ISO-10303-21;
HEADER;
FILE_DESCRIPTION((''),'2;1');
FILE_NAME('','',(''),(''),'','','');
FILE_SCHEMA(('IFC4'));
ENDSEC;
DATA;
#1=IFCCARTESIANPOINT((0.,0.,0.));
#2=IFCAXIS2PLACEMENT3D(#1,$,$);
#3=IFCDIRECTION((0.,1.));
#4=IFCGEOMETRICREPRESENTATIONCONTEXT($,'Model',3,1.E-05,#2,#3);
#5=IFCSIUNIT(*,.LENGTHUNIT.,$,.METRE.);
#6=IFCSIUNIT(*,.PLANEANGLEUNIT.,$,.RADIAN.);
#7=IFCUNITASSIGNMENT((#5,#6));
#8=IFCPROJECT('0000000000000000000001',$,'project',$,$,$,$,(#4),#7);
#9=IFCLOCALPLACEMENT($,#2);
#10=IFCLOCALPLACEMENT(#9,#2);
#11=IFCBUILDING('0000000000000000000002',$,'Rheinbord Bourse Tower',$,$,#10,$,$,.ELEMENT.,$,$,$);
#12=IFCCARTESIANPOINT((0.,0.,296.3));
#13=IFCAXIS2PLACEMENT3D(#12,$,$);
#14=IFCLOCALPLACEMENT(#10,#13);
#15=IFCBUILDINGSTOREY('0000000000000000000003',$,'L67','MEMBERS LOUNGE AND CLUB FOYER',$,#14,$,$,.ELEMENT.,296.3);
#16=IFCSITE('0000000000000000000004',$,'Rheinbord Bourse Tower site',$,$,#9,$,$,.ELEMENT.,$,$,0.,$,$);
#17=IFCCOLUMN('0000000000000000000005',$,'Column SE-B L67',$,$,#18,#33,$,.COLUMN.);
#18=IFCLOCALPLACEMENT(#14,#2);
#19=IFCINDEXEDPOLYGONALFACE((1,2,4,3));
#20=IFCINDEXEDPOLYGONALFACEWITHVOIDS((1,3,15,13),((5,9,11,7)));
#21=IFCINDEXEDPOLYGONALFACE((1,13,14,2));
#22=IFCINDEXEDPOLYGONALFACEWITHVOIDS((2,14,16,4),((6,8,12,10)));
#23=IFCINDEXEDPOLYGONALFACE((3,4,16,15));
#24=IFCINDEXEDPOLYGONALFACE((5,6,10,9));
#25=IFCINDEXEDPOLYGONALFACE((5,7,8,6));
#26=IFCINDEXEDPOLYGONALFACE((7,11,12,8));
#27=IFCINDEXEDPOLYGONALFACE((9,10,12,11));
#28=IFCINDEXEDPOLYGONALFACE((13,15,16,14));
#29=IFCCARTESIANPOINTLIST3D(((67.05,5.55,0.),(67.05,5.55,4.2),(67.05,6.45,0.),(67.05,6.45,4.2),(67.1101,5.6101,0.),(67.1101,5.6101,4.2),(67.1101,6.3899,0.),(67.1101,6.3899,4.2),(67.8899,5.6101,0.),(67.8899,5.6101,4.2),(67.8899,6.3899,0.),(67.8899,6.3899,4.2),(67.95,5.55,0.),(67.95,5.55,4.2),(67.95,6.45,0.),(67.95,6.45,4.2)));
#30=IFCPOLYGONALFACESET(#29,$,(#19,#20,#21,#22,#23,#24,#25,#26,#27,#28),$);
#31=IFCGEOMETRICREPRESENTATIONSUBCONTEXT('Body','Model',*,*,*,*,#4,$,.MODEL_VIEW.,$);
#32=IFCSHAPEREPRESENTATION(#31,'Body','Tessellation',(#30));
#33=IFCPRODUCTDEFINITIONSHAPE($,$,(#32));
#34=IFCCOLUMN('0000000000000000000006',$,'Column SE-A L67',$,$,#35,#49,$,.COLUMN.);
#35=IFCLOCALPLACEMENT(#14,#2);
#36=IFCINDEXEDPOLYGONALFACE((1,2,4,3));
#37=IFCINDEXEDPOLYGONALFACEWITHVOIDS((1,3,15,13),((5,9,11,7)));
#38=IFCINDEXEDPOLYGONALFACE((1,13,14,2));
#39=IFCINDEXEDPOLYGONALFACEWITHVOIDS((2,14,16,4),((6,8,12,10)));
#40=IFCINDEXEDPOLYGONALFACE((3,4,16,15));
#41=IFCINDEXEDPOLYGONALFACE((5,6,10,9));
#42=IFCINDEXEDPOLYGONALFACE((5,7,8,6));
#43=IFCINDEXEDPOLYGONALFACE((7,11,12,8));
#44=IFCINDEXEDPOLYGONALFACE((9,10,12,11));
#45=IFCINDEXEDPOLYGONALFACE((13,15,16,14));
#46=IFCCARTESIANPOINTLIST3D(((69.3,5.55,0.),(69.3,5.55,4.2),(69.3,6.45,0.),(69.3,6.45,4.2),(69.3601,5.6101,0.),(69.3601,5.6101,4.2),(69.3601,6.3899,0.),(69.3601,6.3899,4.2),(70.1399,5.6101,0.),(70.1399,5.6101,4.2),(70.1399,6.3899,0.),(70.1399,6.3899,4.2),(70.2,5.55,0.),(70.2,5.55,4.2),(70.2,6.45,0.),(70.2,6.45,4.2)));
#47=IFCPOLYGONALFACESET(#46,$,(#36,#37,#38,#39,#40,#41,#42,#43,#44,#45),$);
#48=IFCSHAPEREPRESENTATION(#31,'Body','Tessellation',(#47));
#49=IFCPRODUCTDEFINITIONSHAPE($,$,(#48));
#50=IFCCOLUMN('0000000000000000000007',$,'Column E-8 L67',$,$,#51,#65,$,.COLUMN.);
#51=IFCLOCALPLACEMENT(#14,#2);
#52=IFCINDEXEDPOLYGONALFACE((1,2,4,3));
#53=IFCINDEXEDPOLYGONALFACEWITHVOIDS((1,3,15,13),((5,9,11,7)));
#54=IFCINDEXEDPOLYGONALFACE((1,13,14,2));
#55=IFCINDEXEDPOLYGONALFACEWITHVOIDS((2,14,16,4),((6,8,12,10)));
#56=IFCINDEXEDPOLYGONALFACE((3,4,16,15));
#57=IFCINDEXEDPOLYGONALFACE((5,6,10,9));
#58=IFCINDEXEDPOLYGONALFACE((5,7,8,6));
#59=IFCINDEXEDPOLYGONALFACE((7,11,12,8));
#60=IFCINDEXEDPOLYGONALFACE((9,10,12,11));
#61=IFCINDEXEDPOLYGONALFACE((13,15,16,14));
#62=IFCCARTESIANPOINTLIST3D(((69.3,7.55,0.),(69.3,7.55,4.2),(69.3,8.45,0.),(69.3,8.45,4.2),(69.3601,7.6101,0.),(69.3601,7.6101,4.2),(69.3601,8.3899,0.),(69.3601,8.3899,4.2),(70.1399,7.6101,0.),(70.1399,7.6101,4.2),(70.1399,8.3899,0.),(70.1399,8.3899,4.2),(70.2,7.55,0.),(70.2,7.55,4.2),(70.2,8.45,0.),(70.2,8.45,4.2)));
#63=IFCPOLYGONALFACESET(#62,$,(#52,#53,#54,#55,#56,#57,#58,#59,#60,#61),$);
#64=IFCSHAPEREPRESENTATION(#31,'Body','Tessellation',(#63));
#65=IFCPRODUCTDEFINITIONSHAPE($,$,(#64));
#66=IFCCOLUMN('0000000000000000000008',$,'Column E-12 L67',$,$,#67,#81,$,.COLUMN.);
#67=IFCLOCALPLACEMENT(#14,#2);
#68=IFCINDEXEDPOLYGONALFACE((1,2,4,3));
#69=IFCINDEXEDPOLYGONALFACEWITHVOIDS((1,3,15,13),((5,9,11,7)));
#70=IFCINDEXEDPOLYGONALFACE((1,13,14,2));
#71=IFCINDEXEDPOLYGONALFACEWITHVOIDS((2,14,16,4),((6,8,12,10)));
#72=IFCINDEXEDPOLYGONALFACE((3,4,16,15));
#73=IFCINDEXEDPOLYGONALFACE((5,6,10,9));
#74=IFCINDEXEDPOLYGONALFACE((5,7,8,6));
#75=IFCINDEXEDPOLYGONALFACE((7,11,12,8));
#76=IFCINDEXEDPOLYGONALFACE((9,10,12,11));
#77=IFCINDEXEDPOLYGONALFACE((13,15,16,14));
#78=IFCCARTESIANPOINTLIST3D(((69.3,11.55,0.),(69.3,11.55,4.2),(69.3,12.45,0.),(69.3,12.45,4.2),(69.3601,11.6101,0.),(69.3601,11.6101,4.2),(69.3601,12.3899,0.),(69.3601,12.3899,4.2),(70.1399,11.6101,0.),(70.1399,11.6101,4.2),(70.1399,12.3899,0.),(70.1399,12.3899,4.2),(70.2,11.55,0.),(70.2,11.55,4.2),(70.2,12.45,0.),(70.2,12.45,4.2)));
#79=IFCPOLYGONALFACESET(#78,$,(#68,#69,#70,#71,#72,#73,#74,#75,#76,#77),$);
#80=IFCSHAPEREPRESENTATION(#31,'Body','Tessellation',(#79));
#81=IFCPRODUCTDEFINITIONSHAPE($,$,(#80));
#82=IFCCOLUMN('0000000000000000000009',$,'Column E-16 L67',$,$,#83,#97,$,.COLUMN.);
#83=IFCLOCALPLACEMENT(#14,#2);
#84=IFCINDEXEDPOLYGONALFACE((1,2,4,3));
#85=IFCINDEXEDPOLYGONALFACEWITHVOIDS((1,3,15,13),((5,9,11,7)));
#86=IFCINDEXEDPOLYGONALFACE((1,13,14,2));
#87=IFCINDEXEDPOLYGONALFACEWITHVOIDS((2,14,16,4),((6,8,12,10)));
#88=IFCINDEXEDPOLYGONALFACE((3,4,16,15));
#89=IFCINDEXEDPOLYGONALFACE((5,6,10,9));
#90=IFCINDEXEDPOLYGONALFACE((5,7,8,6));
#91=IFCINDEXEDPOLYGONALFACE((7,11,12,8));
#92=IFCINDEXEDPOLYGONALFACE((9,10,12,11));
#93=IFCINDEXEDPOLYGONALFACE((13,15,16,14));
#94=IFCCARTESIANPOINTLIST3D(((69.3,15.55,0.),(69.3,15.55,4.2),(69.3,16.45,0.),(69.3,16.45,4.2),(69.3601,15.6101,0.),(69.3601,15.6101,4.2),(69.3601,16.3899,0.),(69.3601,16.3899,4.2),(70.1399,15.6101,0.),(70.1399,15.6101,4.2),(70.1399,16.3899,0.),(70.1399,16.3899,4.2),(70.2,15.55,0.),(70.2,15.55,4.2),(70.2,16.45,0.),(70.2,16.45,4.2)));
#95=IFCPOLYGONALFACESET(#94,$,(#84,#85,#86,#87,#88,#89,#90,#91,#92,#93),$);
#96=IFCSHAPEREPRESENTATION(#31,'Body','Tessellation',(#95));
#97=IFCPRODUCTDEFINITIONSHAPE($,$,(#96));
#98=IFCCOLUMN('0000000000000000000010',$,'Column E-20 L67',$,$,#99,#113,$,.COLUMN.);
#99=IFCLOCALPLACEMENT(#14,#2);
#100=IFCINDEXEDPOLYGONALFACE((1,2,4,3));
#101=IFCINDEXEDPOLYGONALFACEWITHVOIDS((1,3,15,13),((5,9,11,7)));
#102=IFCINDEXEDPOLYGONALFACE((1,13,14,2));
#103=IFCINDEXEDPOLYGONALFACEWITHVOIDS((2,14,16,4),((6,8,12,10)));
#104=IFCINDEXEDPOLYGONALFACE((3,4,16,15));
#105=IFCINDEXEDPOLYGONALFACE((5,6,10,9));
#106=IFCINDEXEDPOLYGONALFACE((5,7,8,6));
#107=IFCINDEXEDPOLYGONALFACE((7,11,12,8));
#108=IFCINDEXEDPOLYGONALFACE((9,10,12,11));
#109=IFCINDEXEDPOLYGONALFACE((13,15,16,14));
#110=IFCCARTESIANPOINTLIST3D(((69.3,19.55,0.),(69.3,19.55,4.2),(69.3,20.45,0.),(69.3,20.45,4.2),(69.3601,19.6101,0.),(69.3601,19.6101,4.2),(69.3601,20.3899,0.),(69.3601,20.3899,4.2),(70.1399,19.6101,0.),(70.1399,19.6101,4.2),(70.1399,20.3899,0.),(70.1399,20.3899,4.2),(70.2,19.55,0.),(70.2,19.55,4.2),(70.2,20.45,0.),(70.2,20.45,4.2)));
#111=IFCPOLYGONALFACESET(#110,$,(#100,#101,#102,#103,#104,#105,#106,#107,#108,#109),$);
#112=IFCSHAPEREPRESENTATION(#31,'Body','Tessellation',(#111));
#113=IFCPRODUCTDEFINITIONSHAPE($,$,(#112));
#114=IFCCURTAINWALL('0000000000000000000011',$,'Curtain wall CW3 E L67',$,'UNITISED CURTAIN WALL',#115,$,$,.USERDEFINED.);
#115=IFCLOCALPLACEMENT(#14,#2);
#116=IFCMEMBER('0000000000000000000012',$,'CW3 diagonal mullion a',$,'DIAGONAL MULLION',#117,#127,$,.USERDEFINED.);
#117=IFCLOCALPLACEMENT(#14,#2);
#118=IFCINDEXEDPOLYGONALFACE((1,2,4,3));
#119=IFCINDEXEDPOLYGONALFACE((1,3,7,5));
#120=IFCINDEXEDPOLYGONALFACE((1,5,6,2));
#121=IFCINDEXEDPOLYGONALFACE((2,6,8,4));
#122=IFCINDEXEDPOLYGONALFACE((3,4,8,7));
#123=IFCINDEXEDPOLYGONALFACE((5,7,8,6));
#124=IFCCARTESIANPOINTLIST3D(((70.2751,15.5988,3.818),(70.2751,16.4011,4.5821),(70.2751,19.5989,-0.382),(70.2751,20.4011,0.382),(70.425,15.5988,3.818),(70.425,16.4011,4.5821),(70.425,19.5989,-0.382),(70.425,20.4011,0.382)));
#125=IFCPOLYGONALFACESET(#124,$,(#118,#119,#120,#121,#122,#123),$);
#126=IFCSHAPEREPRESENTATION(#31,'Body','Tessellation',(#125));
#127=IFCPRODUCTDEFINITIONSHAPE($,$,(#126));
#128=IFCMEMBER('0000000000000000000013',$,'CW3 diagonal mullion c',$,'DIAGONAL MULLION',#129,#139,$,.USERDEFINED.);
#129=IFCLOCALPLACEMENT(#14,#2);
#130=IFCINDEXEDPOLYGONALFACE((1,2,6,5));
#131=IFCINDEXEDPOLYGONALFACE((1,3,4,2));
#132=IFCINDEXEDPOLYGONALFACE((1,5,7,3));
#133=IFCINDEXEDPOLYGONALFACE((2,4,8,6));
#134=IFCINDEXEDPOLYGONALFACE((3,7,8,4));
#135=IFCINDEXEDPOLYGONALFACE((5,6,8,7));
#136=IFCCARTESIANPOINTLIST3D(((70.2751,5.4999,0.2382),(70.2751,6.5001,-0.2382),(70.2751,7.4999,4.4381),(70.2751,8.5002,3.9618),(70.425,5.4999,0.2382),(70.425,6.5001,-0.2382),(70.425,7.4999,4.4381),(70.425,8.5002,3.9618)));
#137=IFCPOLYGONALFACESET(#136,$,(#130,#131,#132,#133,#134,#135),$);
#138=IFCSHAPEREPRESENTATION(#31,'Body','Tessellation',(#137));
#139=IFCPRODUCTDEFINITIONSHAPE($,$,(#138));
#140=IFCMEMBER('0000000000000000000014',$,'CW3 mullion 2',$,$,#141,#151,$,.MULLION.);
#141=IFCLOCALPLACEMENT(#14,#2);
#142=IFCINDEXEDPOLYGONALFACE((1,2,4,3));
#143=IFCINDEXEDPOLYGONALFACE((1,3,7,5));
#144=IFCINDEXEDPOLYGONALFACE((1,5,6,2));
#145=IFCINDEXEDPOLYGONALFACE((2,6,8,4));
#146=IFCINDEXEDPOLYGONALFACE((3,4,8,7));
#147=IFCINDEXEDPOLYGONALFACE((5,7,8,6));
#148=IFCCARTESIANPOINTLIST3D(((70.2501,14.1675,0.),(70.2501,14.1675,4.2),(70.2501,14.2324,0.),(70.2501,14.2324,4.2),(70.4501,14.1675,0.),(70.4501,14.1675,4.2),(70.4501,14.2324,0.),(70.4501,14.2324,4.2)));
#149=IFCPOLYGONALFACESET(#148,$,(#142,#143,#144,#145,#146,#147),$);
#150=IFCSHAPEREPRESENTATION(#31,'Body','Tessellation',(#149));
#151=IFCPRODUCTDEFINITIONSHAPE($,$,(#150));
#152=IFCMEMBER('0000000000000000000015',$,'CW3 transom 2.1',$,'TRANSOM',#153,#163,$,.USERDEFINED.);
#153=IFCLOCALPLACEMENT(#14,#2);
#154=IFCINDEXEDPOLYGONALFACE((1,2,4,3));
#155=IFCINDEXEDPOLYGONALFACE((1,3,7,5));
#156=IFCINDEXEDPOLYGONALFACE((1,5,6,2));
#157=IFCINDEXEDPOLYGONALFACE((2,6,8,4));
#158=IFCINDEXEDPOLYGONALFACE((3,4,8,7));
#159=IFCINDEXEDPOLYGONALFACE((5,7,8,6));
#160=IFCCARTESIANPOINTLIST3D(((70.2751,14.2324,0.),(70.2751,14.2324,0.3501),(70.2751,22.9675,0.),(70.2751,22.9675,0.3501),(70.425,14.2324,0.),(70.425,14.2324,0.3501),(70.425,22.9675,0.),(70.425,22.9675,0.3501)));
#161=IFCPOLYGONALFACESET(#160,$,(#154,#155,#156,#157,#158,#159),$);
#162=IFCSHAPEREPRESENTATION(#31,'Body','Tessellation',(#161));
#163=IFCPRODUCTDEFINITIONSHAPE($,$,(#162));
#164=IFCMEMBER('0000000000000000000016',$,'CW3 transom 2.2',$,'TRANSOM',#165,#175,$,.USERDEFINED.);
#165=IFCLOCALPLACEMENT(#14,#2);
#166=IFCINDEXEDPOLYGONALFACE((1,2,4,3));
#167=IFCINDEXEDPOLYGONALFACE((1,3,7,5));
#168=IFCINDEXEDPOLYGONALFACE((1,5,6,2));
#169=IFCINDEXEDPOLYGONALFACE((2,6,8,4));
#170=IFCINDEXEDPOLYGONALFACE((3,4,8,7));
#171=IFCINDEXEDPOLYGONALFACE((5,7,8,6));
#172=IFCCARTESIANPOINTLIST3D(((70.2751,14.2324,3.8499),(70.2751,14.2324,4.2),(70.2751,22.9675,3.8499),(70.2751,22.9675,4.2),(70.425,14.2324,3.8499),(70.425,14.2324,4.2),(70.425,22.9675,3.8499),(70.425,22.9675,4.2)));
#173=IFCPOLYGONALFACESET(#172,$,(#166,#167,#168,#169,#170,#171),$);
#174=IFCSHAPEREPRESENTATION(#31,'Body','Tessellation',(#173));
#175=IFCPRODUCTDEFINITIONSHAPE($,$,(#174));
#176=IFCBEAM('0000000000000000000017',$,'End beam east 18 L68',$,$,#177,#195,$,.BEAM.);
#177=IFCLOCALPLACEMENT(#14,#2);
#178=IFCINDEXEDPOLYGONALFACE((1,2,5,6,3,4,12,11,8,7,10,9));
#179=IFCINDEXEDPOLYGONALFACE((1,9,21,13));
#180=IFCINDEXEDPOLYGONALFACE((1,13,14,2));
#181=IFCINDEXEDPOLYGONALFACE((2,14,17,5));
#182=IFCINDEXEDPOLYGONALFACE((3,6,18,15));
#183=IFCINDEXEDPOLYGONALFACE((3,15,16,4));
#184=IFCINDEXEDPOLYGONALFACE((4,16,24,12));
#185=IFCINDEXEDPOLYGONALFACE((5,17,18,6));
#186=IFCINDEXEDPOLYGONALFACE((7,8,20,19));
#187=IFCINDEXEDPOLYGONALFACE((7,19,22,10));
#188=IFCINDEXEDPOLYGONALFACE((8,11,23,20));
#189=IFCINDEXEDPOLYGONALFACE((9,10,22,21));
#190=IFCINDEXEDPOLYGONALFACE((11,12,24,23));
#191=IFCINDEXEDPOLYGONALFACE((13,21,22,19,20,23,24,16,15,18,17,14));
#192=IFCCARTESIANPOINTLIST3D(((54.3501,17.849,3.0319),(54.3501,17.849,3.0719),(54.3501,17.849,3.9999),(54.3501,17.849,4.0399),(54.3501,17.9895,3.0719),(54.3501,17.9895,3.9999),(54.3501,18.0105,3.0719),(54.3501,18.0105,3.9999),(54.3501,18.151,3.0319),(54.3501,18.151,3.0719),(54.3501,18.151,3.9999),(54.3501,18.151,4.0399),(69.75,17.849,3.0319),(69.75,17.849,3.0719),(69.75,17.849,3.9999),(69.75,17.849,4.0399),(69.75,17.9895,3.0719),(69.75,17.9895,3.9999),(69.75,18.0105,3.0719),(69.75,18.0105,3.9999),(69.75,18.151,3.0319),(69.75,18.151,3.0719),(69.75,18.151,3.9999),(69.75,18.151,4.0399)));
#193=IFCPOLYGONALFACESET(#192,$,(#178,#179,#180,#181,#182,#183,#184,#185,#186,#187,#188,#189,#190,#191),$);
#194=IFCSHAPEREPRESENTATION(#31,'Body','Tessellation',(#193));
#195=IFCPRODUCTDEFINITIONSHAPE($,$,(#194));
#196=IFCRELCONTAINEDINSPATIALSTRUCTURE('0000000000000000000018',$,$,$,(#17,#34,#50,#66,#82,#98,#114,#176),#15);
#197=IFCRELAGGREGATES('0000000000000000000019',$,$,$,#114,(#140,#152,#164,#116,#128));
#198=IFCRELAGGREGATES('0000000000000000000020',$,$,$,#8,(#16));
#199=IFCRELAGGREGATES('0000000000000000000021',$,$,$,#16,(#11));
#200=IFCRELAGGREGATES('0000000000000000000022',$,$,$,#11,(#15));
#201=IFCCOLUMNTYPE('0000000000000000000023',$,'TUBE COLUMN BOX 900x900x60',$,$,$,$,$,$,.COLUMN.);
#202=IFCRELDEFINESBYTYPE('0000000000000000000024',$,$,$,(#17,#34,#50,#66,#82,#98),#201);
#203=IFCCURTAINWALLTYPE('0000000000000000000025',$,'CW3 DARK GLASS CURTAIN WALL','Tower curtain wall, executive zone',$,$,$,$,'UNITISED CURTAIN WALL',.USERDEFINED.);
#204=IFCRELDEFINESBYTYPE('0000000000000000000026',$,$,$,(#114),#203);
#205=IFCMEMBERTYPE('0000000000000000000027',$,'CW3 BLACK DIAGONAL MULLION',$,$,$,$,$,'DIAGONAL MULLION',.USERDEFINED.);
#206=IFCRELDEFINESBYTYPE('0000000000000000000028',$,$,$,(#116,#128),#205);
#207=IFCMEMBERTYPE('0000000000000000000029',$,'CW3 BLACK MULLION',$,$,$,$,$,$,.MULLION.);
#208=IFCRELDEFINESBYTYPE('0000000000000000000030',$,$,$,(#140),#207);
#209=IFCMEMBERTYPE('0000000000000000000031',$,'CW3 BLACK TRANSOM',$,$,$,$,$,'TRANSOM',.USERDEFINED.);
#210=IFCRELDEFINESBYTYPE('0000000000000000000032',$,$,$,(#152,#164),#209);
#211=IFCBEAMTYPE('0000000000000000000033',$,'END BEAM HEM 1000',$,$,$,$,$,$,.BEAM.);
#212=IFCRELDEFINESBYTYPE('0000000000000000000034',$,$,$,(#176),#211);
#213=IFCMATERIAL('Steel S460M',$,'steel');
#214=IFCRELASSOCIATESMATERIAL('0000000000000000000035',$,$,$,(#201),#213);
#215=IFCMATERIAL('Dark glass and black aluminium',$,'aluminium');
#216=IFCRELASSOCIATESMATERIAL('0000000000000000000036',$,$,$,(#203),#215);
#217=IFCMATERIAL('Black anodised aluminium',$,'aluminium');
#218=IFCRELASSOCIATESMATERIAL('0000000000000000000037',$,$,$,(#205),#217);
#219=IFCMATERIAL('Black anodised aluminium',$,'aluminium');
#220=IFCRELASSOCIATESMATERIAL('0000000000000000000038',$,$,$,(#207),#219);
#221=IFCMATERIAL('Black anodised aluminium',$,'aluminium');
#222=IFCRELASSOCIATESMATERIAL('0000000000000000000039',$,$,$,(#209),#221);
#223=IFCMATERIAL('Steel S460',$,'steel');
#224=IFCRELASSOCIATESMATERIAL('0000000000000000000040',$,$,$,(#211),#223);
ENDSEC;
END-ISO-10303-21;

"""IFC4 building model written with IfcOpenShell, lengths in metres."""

from ifc_helpers import new_model, si_unit, direction, frame, origin, origin_2d, place, context, subcontext, project, spatial, rectangle, hollow_rectangle, i_section, extrude, material, material_profile, profile_set, type_object, element, aggregate, save


model = new_model("IFC4")

# Units and contexts
model_context = context("Model", 3, precision=1e-05, world=origin(), true_north=direction((0.0, 1.0)))
body_context = subcontext(model_context, "Body", "Model", "MODEL_VIEW")
ifc_project = project(units=[si_unit("LENGTHUNIT", "METRE"), si_unit("PLANEANGLEUNIT", "RADIAN")], contexts=[model_context])

# Site, building, storey
site_placement = place(None, origin())
site = spatial("IfcSite", under=ifc_project, at=site_placement, Name="Rheinbord Bourse Tower site", CompositionType="ELEMENT", RefElevation=0.0)
building_placement = place(site_placement, origin())
building = spatial("IfcBuilding", under=site, at=building_placement, Name="Rheinbord Bourse Tower", CompositionType="ELEMENT")
storey_placement = place(building_placement, frame((0.0, 0.0, 296.3)))
storey = spatial("IfcBuildingStorey", under=building, at=storey_placement, Name="L67", Description="MEMBERS LOUNGE AND CLUB FOYER", CompositionType="ELEMENT", Elevation=296.3)

# Columns
ifc_material_1 = material(Name="Steel S460M", Category="steel")
ifc_material_profile_1 = material_profile(ifc_material_1, hollow_rectangle(XDim=0.8999, YDim=0.8999, WallThickness=0.0601, at=origin_2d()), Name="BOX 900x900x60")
ifc_profile_set_1 = profile_set([ifc_material_profile_1], Name="Steel S460M")
column_type = type_object("IfcColumnType", Name="TUBE COLUMN BOX 900x900x60", PredefinedType="COLUMN", material=ifc_profile_set_1)
for number, where, z_axis, x_axis, name in (
    (1, (67.5, 6.0, 0.0), (0.0, 0.0, 1.0), (1.0, 0.0, 0.0), "Column SE-B L67"),
    (2, (69.75, 6.0, 0.0), (0.0, 0.0, 1.0), (1.0, 0.0, 0.0), "Column SE-A L67"),
    (3, (69.75, 8.0, 0.0), (0.0, 0.0, 1.0), (1.0, 0.0, 0.0), "Column E-8 L67"),
    (4, (69.75, 12.0, 0.0), (0.0, 0.0, 1.0), (1.0, 0.0, 0.0), "Column E-12 L67"),
    (5, (69.75, 16.0, 0.0), (0.0, 0.0, 1.0), (1.0, 0.0, 0.0), "Column E-16 L67"),
    (6, (69.75, 20.0, 0.0), (0.0, 0.0, 1.0), (1.0, 0.0, 0.0), "Column E-20 L67"),
):
    element("IfcColumn", number, at=place(storey_placement, frame(where, z_axis=z_axis, x_axis=x_axis)), inside=storey, type_object=column_type, Name=name, PredefinedType="COLUMN", context=body_context, shape_type="SweptSolid", body=[
        extrude(hollow_rectangle(XDim=0.8999, YDim=0.8999, WallThickness=0.0601, at=origin_2d()), origin(), (0.0, 0.0, 1.0), 4.2),
    ])

# Curtain wall, members
ifc_material_2 = material(Name="Dark glass and black aluminium", Category="aluminium")
curtain_wall_type = type_object("IfcCurtainWallType", Name="CW3 DARK GLASS CURTAIN WALL", Description="Tower curtain wall, executive zone", ElementType="UNITISED CURTAIN WALL", PredefinedType="USERDEFINED", material=ifc_material_2)
curtain_wall_placement = place(storey_placement, origin())
curtain_wall = element("IfcCurtainWall", 7, at=curtain_wall_placement, inside=storey, type_object=curtain_wall_type, Name="Curtain wall CW3 E L67", ObjectType="UNITISED CURTAIN WALL", PredefinedType="USERDEFINED")
ifc_material_3 = material(Name="Black anodised aluminium", Category="aluminium")
ifc_material_profile_2 = material_profile(ifc_material_3, rectangle(XDim=0.1499, YDim=1.1079, at=origin_2d()), Name="CW3 DIAGONAL MULLION 1108x150")
ifc_profile_set_2 = profile_set([ifc_material_profile_2], Name="Black anodised aluminium")
member_type_1 = type_object("IfcMemberType", Name="CW3 BLACK DIAGONAL MULLION", ElementType="DIAGONAL MULLION", PredefinedType="USERDEFINED", material=ifc_profile_set_2)
member_1_placement = place(storey_placement, frame((70.3501, 20.0, 0.0), z_axis=(0.0, -0.689659, 0.724134), x_axis=(1.0, 0.0, 0.0)))
member_1 = element("IfcMember", 8, at=member_1_placement, type_object=member_type_1, Name="CW3 diagonal mullion a", ObjectType="DIAGONAL MULLION", PredefinedType="USERDEFINED", context=body_context, shape_type="SweptSolid", body=[
    extrude(rectangle(XDim=0.1499, YDim=1.1079, at=origin_2d()), origin(), (0.0, 0.0, 1.0), 5.8),
])
member_2_placement = place(storey_placement, frame((70.3501, 6.0, 0.0), z_axis=(0.0, 0.429938, 0.902859), x_axis=(-1.0, 0.0, 0.0)))
member_2 = element("IfcMember", 9, at=member_2_placement, type_object=member_type_1, Name="CW3 diagonal mullion c", ObjectType="DIAGONAL MULLION", PredefinedType="USERDEFINED", context=body_context, shape_type="SweptSolid", body=[
    extrude(rectangle(XDim=0.1499, YDim=1.1079, at=origin_2d()), origin(), (0.0, 0.0, 1.0), 4.6519),
])
ifc_material_4 = material(Name="Black anodised aluminium", Category="aluminium")
ifc_material_profile_3 = material_profile(ifc_material_4, rectangle(XDim=0.2, YDim=0.0649, at=origin_2d()), Name="CW3 MULLION 65x200")
ifc_profile_set_3 = profile_set([ifc_material_profile_3], Name="Black anodised aluminium")
member_type_2 = type_object("IfcMemberType", Name="CW3 BLACK MULLION", PredefinedType="MULLION", material=ifc_profile_set_3)
member_3_placement = place(storey_placement, frame((70.3501, 14.2, 0.0), z_axis=(0.0, 0.0, 1.0), x_axis=(-1.0, 0.0, 0.0)))
member_3 = element("IfcMember", 10, at=member_3_placement, type_object=member_type_2, Name="CW3 mullion 2", PredefinedType="MULLION", context=body_context, shape_type="SweptSolid", body=[
    extrude(rectangle(XDim=0.2, YDim=0.0649, at=origin_2d()), origin(), (0.0, 0.0, 1.0), 4.2),
])
ifc_material_5 = material(Name="Black anodised aluminium", Category="aluminium")
ifc_material_profile_4 = material_profile(ifc_material_5, rectangle(XDim=0.1499, YDim=0.3501, at=origin_2d()), Name="CW3 TRANSOM 350x150")
ifc_profile_set_4 = profile_set([ifc_material_profile_4], Name="Black anodised aluminium")
member_type_3 = type_object("IfcMemberType", Name="CW3 BLACK TRANSOM", ElementType="TRANSOM", PredefinedType="USERDEFINED", material=ifc_profile_set_4)
member_4_placement = place(storey_placement, frame((70.3501, 14.2324, 0.175), z_axis=(0.0, 1.0, 0.0), x_axis=(-1.0, 0.0, 0.0)))
member_4 = element("IfcMember", 11, at=member_4_placement, type_object=member_type_3, Name="CW3 transom 2.1", ObjectType="TRANSOM", PredefinedType="USERDEFINED", context=body_context, shape_type="SweptSolid", body=[
    extrude(rectangle(XDim=0.1499, YDim=0.3501, at=origin_2d()), origin(), (0.0, 0.0, 1.0), 8.7351),
])
member_5_placement = place(storey_placement, frame((70.3501, 14.2324, 4.0249), z_axis=(0.0, 1.0, 0.0), x_axis=(-1.0, 0.0, 0.0)))
member_5 = element("IfcMember", 12, at=member_5_placement, type_object=member_type_3, Name="CW3 transom 2.2", ObjectType="TRANSOM", PredefinedType="USERDEFINED", context=body_context, shape_type="SweptSolid", body=[
    extrude(rectangle(XDim=0.1499, YDim=0.3501, at=origin_2d()), origin(), (0.0, 0.0, 1.0), 8.7351),
])

# Beam
ifc_material_6 = material(Name="Steel S460", Category="steel")
ifc_material_profile_5 = material_profile(ifc_material_6, i_section(OverallWidth=0.302, OverallDepth=1.0081, WebThickness=0.021, FlangeThickness=0.04, at=origin_2d()), Name="HEM 1000")
ifc_profile_set_5 = profile_set([ifc_material_profile_5], Name="Steel S460")
beam_type_1 = type_object("IfcBeamType", Name="END BEAM HEM 1000", PredefinedType="BEAM", material=ifc_profile_set_5)
for number, where, z_axis, x_axis, name in (
    (13, (54.3501, 18.0, 3.5359), (1.0, 0.0, 0.0), (0.0, 1.0, 0.0), "End beam east 18 L68"),
):
    element("IfcBeam", number, at=place(storey_placement, frame(where, z_axis=z_axis, x_axis=x_axis)), inside=storey, type_object=beam_type_1, Name=name, PredefinedType="BEAM", context=body_context, shape_type="SweptSolid", body=[
        extrude(i_section(OverallWidth=0.302, OverallDepth=1.0081, WebThickness=0.021, FlangeThickness=0.04, at=origin_2d()), origin(), (0.0, 0.0, 1.0), 15.3999),
    ])

aggregate(curtain_wall, [member_3, member_4, member_5, member_1, member_2])

save(model, "model.ifc")
